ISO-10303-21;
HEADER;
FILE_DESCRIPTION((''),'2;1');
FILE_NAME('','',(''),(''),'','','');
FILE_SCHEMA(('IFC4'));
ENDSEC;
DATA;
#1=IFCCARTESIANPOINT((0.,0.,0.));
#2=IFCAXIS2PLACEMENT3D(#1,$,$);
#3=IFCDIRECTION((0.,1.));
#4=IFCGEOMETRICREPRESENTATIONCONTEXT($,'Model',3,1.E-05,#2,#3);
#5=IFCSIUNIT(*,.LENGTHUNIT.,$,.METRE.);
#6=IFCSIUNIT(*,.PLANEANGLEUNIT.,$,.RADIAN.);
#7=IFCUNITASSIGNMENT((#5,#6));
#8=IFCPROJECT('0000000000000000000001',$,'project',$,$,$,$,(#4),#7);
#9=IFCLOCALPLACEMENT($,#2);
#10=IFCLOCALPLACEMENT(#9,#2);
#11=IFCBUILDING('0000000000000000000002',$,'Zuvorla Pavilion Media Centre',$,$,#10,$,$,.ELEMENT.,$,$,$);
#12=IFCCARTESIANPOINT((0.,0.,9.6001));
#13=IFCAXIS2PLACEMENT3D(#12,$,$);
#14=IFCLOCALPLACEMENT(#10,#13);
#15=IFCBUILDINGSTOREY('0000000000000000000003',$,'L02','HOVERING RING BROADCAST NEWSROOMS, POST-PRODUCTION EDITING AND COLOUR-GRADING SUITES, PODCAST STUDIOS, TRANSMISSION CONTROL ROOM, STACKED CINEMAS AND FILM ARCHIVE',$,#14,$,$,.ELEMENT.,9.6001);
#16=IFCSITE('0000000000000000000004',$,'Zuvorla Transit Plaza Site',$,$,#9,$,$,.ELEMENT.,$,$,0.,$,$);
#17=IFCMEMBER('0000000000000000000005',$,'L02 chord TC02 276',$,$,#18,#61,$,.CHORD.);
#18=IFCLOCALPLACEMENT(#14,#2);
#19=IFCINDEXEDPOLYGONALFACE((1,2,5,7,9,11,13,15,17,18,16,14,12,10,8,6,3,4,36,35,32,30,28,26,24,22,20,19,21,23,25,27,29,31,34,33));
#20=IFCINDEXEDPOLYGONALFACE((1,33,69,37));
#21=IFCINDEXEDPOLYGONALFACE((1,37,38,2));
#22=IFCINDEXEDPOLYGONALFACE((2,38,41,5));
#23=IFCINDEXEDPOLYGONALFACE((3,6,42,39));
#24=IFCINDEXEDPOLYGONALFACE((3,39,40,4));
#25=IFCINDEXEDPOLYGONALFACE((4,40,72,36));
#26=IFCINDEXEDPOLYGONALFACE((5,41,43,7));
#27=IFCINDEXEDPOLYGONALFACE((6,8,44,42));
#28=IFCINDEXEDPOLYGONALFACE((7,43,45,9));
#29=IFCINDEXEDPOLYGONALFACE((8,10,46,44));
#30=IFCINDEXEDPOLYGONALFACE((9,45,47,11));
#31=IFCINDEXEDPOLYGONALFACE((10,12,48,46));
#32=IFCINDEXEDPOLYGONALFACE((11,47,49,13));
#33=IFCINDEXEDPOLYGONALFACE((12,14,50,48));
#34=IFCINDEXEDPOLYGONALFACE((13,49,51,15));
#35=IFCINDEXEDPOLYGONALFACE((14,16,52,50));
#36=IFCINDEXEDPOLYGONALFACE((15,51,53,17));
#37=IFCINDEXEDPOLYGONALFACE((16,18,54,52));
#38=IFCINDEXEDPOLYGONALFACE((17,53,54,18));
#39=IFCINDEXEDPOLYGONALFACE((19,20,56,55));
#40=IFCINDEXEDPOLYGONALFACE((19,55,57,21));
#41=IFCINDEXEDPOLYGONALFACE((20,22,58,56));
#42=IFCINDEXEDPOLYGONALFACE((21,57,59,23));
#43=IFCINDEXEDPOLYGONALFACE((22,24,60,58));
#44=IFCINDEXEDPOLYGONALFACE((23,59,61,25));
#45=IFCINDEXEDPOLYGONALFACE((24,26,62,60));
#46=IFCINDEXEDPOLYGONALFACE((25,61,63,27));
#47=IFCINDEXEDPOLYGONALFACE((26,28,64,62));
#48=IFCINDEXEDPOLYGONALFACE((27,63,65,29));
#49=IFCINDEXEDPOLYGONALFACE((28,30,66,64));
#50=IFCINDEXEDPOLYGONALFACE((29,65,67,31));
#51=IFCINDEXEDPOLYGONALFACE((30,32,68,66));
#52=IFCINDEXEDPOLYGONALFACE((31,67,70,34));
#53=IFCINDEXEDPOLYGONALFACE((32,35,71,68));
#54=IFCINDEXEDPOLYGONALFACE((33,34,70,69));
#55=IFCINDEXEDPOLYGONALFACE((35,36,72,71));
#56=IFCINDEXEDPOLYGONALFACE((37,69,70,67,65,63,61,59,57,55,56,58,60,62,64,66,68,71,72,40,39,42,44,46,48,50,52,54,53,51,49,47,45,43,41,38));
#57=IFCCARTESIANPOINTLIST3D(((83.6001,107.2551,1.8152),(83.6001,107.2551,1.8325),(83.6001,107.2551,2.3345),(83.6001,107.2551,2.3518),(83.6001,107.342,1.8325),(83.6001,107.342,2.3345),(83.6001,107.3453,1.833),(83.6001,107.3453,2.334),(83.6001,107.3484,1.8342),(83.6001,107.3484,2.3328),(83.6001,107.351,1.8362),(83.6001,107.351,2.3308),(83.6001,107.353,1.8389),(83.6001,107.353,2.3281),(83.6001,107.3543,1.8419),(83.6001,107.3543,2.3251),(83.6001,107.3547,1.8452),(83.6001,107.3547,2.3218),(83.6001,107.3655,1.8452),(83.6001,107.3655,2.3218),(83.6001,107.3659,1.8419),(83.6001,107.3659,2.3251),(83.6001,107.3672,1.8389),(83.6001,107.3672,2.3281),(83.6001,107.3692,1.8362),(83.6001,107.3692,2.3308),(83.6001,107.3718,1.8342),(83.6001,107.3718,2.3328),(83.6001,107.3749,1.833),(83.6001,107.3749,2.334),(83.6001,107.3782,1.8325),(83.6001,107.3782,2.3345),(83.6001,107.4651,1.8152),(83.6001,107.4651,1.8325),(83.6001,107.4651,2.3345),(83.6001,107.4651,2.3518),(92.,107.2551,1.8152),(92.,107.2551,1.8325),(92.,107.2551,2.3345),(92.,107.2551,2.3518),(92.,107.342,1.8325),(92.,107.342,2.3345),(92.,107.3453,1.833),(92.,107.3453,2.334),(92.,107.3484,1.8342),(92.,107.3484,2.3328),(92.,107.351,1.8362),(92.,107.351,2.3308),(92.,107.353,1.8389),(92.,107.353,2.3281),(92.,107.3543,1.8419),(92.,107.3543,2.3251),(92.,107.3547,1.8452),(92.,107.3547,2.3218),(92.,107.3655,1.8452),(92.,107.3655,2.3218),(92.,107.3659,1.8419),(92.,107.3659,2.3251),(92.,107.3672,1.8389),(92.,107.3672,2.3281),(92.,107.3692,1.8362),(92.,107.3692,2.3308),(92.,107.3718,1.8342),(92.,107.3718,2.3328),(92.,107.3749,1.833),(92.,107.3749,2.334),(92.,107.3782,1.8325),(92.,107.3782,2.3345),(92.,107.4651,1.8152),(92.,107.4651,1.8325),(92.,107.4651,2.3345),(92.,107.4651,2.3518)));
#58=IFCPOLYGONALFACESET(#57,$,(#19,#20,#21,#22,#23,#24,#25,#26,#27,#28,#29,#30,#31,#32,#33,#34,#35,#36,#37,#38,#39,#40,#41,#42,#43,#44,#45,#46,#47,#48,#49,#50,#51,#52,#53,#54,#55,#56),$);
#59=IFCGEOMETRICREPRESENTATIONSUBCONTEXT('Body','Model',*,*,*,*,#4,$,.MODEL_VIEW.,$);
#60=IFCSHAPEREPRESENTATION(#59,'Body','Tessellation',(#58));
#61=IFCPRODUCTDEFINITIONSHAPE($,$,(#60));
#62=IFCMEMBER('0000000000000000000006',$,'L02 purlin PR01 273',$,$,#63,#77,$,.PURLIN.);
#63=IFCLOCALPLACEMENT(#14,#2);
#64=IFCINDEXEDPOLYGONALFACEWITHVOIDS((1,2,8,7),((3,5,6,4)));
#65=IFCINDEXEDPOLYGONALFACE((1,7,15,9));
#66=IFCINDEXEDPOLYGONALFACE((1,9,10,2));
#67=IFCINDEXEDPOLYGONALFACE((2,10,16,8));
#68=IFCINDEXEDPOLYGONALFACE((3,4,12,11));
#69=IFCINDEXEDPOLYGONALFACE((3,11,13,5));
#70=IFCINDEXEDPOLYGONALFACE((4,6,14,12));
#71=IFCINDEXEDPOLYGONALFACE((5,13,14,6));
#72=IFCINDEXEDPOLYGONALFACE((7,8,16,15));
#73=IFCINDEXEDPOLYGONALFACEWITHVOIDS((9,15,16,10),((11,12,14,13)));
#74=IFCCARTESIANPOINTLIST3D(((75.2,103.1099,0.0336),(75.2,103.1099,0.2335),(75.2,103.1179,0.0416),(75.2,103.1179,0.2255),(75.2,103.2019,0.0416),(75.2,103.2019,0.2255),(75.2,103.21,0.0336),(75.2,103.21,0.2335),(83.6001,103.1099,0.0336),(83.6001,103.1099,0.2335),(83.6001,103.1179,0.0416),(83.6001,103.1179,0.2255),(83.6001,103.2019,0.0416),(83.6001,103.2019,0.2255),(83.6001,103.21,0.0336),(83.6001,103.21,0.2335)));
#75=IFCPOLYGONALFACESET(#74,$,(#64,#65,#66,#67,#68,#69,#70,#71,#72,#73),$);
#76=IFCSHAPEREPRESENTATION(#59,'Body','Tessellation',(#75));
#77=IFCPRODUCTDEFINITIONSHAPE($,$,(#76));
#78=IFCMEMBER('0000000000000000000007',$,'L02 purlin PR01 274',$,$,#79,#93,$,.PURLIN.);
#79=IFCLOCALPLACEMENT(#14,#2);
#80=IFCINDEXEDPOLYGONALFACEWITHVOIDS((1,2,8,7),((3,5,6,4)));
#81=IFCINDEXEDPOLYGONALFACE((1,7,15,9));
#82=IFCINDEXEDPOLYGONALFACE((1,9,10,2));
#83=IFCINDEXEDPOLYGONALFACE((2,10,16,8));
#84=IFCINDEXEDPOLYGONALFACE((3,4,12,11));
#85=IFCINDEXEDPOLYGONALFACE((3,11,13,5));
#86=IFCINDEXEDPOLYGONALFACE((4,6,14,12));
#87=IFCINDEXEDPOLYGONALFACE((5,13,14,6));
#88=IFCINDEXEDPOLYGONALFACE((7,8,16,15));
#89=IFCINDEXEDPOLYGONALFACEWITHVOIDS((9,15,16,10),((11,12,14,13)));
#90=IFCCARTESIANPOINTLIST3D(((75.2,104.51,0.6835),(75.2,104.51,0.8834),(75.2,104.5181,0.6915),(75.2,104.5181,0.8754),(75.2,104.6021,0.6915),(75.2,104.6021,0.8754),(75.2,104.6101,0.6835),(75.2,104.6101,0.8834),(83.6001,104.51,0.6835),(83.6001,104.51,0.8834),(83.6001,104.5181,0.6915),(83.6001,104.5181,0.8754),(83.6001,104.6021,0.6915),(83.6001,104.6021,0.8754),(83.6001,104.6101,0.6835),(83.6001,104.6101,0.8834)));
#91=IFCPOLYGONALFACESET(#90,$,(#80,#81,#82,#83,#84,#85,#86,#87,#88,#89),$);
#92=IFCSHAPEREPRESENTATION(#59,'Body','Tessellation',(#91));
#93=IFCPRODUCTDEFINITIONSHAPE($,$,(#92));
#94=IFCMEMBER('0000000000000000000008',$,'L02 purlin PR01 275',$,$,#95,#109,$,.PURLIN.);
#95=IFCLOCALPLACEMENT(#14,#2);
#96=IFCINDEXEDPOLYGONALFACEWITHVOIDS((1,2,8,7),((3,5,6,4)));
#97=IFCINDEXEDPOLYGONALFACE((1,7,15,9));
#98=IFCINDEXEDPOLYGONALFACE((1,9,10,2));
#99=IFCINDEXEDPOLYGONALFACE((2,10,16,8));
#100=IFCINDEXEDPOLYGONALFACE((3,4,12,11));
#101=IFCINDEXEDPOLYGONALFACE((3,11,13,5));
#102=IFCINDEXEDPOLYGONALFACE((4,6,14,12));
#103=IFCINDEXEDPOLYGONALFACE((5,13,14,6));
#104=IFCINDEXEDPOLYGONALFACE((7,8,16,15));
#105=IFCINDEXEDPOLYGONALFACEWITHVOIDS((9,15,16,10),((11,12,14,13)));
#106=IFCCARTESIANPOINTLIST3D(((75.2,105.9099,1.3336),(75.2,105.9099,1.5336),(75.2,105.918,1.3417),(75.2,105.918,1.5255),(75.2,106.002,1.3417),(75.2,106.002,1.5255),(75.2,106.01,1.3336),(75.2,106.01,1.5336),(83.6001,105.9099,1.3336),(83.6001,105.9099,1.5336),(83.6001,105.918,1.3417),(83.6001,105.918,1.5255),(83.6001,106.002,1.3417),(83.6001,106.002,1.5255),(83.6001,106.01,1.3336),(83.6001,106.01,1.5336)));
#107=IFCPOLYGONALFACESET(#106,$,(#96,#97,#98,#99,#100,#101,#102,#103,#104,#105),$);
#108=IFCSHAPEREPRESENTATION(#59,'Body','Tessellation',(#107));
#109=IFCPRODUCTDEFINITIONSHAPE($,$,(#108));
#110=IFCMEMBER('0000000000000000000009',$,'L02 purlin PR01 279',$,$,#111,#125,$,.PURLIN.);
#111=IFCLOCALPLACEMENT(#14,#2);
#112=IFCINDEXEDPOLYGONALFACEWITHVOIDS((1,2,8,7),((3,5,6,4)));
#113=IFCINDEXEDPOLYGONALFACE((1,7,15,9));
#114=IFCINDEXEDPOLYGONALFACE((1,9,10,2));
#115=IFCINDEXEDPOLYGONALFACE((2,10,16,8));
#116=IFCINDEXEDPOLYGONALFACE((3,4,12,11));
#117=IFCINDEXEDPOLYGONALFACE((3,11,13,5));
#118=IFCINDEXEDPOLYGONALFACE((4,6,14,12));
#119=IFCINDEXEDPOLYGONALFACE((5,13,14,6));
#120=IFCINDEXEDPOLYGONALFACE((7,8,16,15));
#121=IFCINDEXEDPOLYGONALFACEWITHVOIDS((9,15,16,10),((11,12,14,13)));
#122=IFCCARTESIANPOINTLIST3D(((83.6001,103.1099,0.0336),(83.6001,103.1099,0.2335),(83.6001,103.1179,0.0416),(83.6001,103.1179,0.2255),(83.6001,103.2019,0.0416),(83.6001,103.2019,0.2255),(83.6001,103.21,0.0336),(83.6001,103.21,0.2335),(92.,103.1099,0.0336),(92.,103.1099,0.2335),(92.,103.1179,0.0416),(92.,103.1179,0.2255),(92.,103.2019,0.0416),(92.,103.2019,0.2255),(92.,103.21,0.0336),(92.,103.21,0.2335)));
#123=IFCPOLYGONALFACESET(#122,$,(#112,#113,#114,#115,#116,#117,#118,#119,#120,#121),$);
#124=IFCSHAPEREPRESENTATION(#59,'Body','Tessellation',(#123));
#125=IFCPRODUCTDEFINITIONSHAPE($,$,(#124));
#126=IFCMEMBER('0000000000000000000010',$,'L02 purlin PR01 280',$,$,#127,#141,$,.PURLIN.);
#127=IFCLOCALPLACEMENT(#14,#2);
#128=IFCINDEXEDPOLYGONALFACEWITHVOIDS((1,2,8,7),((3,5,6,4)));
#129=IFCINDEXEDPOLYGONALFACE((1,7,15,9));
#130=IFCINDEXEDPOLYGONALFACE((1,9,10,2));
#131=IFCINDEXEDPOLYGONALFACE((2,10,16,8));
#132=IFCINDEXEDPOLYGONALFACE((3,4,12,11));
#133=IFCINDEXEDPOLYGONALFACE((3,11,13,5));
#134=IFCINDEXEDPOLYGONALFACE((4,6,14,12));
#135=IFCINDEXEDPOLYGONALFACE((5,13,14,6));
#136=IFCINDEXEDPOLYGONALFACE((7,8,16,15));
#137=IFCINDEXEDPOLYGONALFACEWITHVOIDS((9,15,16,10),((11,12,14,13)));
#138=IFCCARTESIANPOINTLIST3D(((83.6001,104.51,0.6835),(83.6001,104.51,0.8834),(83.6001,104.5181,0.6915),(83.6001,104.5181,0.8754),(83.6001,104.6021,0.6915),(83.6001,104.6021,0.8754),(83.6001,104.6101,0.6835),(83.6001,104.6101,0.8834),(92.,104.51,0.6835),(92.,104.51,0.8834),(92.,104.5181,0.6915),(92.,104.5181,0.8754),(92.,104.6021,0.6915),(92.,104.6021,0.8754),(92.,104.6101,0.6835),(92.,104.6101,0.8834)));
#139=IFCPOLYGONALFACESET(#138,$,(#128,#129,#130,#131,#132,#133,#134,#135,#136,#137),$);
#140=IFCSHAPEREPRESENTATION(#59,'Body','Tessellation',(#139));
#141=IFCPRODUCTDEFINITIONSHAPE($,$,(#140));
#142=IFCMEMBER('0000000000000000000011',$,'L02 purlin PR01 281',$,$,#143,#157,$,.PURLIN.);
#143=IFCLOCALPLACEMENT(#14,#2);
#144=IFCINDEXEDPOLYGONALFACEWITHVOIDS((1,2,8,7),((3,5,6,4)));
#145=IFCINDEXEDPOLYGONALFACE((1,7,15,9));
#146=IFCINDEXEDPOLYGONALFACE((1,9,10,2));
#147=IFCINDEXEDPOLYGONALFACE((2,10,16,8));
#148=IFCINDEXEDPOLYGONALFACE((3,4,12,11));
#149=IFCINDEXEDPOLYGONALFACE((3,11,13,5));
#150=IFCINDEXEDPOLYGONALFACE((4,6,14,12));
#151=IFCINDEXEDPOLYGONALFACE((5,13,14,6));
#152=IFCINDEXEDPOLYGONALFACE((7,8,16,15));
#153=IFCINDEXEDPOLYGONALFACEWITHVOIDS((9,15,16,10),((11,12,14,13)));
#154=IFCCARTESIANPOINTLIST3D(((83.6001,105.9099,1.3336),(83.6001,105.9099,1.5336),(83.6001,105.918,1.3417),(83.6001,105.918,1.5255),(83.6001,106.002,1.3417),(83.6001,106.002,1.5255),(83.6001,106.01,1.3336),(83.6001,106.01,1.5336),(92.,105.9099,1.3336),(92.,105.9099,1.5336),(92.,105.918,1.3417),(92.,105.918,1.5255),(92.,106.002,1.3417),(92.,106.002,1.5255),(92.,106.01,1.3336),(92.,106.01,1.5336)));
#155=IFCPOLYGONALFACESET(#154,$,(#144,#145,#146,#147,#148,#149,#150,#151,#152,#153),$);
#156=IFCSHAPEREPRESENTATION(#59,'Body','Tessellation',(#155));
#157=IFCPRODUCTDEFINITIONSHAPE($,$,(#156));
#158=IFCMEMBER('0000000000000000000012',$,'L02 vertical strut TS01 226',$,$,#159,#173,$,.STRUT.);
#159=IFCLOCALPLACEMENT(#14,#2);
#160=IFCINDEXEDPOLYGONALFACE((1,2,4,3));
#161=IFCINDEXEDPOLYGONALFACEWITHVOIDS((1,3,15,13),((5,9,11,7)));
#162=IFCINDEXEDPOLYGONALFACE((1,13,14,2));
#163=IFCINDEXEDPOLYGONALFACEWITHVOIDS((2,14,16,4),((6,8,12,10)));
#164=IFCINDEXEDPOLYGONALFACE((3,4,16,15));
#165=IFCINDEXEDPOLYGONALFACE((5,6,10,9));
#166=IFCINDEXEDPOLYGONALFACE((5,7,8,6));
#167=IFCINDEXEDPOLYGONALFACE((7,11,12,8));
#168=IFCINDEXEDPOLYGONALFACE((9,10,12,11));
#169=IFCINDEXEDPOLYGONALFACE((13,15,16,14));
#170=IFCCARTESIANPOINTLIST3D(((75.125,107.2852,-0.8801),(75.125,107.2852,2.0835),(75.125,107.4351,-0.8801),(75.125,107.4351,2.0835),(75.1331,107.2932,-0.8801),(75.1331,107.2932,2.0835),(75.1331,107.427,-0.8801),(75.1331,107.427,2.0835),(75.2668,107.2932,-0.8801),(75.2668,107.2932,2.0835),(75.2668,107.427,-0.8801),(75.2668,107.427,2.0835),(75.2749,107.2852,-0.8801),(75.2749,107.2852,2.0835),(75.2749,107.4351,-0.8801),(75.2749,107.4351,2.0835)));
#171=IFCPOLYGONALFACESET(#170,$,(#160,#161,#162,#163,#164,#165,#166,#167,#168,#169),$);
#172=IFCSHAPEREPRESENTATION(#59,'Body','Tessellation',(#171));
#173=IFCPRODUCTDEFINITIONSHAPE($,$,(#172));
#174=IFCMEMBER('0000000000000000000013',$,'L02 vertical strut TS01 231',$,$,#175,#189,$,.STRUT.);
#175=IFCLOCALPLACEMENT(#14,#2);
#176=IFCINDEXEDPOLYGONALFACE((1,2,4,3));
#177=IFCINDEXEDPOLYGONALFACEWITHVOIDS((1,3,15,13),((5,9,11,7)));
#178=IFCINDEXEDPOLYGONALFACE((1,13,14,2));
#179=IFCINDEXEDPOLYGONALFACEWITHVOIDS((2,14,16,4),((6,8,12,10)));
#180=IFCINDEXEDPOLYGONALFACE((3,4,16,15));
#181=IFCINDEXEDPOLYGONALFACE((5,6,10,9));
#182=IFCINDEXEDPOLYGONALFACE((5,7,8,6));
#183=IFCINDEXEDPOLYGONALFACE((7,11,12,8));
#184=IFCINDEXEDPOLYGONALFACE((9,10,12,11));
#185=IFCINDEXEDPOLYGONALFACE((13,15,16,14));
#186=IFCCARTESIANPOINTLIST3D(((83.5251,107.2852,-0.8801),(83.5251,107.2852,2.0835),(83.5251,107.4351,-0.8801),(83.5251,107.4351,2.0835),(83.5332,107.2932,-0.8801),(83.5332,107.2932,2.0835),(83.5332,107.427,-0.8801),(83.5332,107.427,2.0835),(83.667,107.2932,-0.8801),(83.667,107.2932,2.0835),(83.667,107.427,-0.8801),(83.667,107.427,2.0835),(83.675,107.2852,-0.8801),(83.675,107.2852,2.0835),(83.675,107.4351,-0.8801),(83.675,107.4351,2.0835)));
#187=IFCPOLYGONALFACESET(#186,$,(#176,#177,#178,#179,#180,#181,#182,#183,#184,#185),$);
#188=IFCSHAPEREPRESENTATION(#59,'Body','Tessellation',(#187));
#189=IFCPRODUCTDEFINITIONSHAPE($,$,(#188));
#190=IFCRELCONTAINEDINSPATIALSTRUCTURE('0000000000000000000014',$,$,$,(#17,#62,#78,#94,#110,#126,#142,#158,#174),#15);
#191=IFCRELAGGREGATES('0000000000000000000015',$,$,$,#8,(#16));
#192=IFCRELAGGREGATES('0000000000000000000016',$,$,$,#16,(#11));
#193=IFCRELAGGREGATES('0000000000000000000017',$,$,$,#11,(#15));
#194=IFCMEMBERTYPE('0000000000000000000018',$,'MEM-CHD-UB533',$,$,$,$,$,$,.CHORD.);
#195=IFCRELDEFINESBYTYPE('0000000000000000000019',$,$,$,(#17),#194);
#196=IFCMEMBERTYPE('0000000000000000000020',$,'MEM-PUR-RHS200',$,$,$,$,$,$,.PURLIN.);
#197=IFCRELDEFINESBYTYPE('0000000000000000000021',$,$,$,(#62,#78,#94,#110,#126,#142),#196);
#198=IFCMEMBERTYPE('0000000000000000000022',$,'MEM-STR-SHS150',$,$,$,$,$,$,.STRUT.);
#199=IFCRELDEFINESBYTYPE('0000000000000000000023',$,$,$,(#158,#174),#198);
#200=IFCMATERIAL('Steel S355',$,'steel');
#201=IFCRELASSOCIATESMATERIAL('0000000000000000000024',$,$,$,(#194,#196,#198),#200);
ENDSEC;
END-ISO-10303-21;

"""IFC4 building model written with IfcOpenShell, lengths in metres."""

from ifc_helpers import new_model, si_unit, direction, frame, origin, origin_2d, place, context, subcontext, project, spatial, hollow_rectangle, i_section, extrude, material, material_profile, profile_set, type_object, element, save


model = new_model("IFC4")

# Units and contexts
model_context = context("Model", 3, precision=1e-05, world=origin(), true_north=direction((0.0, 1.0)))
body_context = subcontext(model_context, "Body", "Model", "MODEL_VIEW")
ifc_project = project(units=[si_unit("LENGTHUNIT", "METRE"), si_unit("PLANEANGLEUNIT", "RADIAN")], contexts=[model_context])

# Site, building, storey
site_placement = place(None, origin())
site = spatial("IfcSite", under=ifc_project, at=site_placement, Name="Zuvorla Transit Plaza Site", CompositionType="ELEMENT", RefElevation=0.0)
building_placement = place(site_placement, origin())
building = spatial("IfcBuilding", under=site, at=building_placement, Name="Zuvorla Pavilion Media Centre", CompositionType="ELEMENT")
storey_placement = place(building_placement, frame((0.0, 0.0, 9.6001)))
storey = spatial("IfcBuildingStorey", under=building, at=storey_placement, Name="L02", Description="HOVERING RING BROADCAST NEWSROOMS, POST-PRODUCTION EDITING AND COLOUR-GRADING SUITES, PODCAST STUDIOS, TRANSMISSION CONTROL ROOM, STACKED CINEMAS AND FILM ARCHIVE", CompositionType="ELEMENT", Elevation=9.6001)

# Shared definitions
ifc_material = material(Name="Steel S355", Category="steel")

# Members
ifc_material_profile_1 = material_profile(ifc_material, i_section(OverallWidth=0.21, OverallDepth=0.5366, WebThickness=0.0107, FlangeThickness=0.0173, FilletRadius=0.0127, at=origin_2d()), Name="UB 533x210x101")
ifc_profile_set_1 = profile_set([ifc_material_profile_1], Name="Steel S355")
member_type_1 = type_object("IfcMemberType", Name="MEM-CHD-UB533", PredefinedType="CHORD", material=ifc_profile_set_1)
member_1_placement = place(storey_placement, frame((83.6001, 107.3601, 2.0835), z_axis=(1.0, 0.0, 0.0), x_axis=(0.0, 1.0, 0.0)))
element("IfcMember", 1, at=member_1_placement, inside=storey, type_object=member_type_1, Name="L02 chord TC02 276", PredefinedType="CHORD", context=body_context, shape_type="SweptSolid", body=[
    extrude(i_section(OverallWidth=0.21, OverallDepth=0.5366, WebThickness=0.0107, FlangeThickness=0.0173, FilletRadius=0.0127, at=origin_2d()), origin(), (0.0, 0.0, 1.0), 8.3999),
])
ifc_material_profile_2 = material_profile(ifc_material, hollow_rectangle(XDim=0.1001, YDim=0.2, WallThickness=0.0081, at=origin_2d()), Name="RHS 200x100x8")
ifc_profile_set_2 = profile_set([ifc_material_profile_2], Name="Steel S355")
member_type_2 = type_object("IfcMemberType", Name="MEM-PUR-RHS200", PredefinedType="PURLIN", material=ifc_profile_set_2)
for number, where, z_axis, x_axis, name in (
    (2, (75.2, 103.1599, 0.1335), (1.0, 0.0, 0.0), (0.0, 1.0, 0.0), "L02 purlin PR01 273"),
    (3, (75.2, 104.5601, 0.7834), (1.0, 0.0, 0.0), (0.0, 1.0, 0.0), "L02 purlin PR01 274"),
    (4, (75.2, 105.96, 1.4336), (1.0, 0.0, 0.0), (0.0, 1.0, 0.0), "L02 purlin PR01 275"),
):
    element("IfcMember", number, at=place(storey_placement, frame(where, z_axis=z_axis, x_axis=x_axis)), inside=storey, type_object=member_type_2, Name=name, PredefinedType="PURLIN", context=body_context, shape_type="SweptSolid", body=[
        extrude(hollow_rectangle(XDim=0.1001, YDim=0.2, WallThickness=0.0081, at=origin_2d()), origin(), (0.0, 0.0, 1.0), 8.4001),
    ])
for number, where, z_axis, x_axis, name in (
    (5, (83.6001, 103.1599, 0.1335), (1.0, 0.0, 0.0), (0.0, 1.0, 0.0), "L02 purlin PR01 279"),
    (6, (83.6001, 104.5601, 0.7834), (1.0, 0.0, 0.0), (0.0, 1.0, 0.0), "L02 purlin PR01 280"),
    (7, (83.6001, 105.96, 1.4336), (1.0, 0.0, 0.0), (0.0, 1.0, 0.0), "L02 purlin PR01 281"),
):
    element("IfcMember", number, at=place(storey_placement, frame(where, z_axis=z_axis, x_axis=x_axis)), inside=storey, type_object=member_type_2, Name=name, PredefinedType="PURLIN", context=body_context, shape_type="SweptSolid", body=[
        extrude(hollow_rectangle(XDim=0.1001, YDim=0.2, WallThickness=0.0081, at=origin_2d()), origin(), (0.0, 0.0, 1.0), 8.3999),
    ])
ifc_material_profile_3 = material_profile(ifc_material, hollow_rectangle(XDim=0.1499, YDim=0.1499, WallThickness=0.0081, at=origin_2d()), Name="SHS 150x150x8")
ifc_profile_set_3 = profile_set([ifc_material_profile_3], Name="Steel S355")
member_type_3 = type_object("IfcMemberType", Name="MEM-STR-SHS150", PredefinedType="STRUT", material=ifc_profile_set_3)
for number, where, z_axis, x_axis, name in (
    (8, (75.2, 107.3601, -0.8801), (0.0, 0.0, 1.0), (1.0, 0.0, 0.0), "L02 vertical strut TS01 226"),
    (9, (83.6001, 107.3601, -0.8801), (0.0, 0.0, 1.0), (1.0, 0.0, 0.0), "L02 vertical strut TS01 231"),
):
    element("IfcMember", number, at=place(storey_placement, frame(where, z_axis=z_axis, x_axis=x_axis)), inside=storey, type_object=member_type_3, Name=name, PredefinedType="STRUT", context=body_context, shape_type="SweptSolid", body=[
        extrude(hollow_rectangle(XDim=0.1499, YDim=0.1499, WallThickness=0.0081, at=origin_2d()), origin(), (0.0, 0.0, 1.0), 2.9636),
    ])

save(model, "model.ifc")
